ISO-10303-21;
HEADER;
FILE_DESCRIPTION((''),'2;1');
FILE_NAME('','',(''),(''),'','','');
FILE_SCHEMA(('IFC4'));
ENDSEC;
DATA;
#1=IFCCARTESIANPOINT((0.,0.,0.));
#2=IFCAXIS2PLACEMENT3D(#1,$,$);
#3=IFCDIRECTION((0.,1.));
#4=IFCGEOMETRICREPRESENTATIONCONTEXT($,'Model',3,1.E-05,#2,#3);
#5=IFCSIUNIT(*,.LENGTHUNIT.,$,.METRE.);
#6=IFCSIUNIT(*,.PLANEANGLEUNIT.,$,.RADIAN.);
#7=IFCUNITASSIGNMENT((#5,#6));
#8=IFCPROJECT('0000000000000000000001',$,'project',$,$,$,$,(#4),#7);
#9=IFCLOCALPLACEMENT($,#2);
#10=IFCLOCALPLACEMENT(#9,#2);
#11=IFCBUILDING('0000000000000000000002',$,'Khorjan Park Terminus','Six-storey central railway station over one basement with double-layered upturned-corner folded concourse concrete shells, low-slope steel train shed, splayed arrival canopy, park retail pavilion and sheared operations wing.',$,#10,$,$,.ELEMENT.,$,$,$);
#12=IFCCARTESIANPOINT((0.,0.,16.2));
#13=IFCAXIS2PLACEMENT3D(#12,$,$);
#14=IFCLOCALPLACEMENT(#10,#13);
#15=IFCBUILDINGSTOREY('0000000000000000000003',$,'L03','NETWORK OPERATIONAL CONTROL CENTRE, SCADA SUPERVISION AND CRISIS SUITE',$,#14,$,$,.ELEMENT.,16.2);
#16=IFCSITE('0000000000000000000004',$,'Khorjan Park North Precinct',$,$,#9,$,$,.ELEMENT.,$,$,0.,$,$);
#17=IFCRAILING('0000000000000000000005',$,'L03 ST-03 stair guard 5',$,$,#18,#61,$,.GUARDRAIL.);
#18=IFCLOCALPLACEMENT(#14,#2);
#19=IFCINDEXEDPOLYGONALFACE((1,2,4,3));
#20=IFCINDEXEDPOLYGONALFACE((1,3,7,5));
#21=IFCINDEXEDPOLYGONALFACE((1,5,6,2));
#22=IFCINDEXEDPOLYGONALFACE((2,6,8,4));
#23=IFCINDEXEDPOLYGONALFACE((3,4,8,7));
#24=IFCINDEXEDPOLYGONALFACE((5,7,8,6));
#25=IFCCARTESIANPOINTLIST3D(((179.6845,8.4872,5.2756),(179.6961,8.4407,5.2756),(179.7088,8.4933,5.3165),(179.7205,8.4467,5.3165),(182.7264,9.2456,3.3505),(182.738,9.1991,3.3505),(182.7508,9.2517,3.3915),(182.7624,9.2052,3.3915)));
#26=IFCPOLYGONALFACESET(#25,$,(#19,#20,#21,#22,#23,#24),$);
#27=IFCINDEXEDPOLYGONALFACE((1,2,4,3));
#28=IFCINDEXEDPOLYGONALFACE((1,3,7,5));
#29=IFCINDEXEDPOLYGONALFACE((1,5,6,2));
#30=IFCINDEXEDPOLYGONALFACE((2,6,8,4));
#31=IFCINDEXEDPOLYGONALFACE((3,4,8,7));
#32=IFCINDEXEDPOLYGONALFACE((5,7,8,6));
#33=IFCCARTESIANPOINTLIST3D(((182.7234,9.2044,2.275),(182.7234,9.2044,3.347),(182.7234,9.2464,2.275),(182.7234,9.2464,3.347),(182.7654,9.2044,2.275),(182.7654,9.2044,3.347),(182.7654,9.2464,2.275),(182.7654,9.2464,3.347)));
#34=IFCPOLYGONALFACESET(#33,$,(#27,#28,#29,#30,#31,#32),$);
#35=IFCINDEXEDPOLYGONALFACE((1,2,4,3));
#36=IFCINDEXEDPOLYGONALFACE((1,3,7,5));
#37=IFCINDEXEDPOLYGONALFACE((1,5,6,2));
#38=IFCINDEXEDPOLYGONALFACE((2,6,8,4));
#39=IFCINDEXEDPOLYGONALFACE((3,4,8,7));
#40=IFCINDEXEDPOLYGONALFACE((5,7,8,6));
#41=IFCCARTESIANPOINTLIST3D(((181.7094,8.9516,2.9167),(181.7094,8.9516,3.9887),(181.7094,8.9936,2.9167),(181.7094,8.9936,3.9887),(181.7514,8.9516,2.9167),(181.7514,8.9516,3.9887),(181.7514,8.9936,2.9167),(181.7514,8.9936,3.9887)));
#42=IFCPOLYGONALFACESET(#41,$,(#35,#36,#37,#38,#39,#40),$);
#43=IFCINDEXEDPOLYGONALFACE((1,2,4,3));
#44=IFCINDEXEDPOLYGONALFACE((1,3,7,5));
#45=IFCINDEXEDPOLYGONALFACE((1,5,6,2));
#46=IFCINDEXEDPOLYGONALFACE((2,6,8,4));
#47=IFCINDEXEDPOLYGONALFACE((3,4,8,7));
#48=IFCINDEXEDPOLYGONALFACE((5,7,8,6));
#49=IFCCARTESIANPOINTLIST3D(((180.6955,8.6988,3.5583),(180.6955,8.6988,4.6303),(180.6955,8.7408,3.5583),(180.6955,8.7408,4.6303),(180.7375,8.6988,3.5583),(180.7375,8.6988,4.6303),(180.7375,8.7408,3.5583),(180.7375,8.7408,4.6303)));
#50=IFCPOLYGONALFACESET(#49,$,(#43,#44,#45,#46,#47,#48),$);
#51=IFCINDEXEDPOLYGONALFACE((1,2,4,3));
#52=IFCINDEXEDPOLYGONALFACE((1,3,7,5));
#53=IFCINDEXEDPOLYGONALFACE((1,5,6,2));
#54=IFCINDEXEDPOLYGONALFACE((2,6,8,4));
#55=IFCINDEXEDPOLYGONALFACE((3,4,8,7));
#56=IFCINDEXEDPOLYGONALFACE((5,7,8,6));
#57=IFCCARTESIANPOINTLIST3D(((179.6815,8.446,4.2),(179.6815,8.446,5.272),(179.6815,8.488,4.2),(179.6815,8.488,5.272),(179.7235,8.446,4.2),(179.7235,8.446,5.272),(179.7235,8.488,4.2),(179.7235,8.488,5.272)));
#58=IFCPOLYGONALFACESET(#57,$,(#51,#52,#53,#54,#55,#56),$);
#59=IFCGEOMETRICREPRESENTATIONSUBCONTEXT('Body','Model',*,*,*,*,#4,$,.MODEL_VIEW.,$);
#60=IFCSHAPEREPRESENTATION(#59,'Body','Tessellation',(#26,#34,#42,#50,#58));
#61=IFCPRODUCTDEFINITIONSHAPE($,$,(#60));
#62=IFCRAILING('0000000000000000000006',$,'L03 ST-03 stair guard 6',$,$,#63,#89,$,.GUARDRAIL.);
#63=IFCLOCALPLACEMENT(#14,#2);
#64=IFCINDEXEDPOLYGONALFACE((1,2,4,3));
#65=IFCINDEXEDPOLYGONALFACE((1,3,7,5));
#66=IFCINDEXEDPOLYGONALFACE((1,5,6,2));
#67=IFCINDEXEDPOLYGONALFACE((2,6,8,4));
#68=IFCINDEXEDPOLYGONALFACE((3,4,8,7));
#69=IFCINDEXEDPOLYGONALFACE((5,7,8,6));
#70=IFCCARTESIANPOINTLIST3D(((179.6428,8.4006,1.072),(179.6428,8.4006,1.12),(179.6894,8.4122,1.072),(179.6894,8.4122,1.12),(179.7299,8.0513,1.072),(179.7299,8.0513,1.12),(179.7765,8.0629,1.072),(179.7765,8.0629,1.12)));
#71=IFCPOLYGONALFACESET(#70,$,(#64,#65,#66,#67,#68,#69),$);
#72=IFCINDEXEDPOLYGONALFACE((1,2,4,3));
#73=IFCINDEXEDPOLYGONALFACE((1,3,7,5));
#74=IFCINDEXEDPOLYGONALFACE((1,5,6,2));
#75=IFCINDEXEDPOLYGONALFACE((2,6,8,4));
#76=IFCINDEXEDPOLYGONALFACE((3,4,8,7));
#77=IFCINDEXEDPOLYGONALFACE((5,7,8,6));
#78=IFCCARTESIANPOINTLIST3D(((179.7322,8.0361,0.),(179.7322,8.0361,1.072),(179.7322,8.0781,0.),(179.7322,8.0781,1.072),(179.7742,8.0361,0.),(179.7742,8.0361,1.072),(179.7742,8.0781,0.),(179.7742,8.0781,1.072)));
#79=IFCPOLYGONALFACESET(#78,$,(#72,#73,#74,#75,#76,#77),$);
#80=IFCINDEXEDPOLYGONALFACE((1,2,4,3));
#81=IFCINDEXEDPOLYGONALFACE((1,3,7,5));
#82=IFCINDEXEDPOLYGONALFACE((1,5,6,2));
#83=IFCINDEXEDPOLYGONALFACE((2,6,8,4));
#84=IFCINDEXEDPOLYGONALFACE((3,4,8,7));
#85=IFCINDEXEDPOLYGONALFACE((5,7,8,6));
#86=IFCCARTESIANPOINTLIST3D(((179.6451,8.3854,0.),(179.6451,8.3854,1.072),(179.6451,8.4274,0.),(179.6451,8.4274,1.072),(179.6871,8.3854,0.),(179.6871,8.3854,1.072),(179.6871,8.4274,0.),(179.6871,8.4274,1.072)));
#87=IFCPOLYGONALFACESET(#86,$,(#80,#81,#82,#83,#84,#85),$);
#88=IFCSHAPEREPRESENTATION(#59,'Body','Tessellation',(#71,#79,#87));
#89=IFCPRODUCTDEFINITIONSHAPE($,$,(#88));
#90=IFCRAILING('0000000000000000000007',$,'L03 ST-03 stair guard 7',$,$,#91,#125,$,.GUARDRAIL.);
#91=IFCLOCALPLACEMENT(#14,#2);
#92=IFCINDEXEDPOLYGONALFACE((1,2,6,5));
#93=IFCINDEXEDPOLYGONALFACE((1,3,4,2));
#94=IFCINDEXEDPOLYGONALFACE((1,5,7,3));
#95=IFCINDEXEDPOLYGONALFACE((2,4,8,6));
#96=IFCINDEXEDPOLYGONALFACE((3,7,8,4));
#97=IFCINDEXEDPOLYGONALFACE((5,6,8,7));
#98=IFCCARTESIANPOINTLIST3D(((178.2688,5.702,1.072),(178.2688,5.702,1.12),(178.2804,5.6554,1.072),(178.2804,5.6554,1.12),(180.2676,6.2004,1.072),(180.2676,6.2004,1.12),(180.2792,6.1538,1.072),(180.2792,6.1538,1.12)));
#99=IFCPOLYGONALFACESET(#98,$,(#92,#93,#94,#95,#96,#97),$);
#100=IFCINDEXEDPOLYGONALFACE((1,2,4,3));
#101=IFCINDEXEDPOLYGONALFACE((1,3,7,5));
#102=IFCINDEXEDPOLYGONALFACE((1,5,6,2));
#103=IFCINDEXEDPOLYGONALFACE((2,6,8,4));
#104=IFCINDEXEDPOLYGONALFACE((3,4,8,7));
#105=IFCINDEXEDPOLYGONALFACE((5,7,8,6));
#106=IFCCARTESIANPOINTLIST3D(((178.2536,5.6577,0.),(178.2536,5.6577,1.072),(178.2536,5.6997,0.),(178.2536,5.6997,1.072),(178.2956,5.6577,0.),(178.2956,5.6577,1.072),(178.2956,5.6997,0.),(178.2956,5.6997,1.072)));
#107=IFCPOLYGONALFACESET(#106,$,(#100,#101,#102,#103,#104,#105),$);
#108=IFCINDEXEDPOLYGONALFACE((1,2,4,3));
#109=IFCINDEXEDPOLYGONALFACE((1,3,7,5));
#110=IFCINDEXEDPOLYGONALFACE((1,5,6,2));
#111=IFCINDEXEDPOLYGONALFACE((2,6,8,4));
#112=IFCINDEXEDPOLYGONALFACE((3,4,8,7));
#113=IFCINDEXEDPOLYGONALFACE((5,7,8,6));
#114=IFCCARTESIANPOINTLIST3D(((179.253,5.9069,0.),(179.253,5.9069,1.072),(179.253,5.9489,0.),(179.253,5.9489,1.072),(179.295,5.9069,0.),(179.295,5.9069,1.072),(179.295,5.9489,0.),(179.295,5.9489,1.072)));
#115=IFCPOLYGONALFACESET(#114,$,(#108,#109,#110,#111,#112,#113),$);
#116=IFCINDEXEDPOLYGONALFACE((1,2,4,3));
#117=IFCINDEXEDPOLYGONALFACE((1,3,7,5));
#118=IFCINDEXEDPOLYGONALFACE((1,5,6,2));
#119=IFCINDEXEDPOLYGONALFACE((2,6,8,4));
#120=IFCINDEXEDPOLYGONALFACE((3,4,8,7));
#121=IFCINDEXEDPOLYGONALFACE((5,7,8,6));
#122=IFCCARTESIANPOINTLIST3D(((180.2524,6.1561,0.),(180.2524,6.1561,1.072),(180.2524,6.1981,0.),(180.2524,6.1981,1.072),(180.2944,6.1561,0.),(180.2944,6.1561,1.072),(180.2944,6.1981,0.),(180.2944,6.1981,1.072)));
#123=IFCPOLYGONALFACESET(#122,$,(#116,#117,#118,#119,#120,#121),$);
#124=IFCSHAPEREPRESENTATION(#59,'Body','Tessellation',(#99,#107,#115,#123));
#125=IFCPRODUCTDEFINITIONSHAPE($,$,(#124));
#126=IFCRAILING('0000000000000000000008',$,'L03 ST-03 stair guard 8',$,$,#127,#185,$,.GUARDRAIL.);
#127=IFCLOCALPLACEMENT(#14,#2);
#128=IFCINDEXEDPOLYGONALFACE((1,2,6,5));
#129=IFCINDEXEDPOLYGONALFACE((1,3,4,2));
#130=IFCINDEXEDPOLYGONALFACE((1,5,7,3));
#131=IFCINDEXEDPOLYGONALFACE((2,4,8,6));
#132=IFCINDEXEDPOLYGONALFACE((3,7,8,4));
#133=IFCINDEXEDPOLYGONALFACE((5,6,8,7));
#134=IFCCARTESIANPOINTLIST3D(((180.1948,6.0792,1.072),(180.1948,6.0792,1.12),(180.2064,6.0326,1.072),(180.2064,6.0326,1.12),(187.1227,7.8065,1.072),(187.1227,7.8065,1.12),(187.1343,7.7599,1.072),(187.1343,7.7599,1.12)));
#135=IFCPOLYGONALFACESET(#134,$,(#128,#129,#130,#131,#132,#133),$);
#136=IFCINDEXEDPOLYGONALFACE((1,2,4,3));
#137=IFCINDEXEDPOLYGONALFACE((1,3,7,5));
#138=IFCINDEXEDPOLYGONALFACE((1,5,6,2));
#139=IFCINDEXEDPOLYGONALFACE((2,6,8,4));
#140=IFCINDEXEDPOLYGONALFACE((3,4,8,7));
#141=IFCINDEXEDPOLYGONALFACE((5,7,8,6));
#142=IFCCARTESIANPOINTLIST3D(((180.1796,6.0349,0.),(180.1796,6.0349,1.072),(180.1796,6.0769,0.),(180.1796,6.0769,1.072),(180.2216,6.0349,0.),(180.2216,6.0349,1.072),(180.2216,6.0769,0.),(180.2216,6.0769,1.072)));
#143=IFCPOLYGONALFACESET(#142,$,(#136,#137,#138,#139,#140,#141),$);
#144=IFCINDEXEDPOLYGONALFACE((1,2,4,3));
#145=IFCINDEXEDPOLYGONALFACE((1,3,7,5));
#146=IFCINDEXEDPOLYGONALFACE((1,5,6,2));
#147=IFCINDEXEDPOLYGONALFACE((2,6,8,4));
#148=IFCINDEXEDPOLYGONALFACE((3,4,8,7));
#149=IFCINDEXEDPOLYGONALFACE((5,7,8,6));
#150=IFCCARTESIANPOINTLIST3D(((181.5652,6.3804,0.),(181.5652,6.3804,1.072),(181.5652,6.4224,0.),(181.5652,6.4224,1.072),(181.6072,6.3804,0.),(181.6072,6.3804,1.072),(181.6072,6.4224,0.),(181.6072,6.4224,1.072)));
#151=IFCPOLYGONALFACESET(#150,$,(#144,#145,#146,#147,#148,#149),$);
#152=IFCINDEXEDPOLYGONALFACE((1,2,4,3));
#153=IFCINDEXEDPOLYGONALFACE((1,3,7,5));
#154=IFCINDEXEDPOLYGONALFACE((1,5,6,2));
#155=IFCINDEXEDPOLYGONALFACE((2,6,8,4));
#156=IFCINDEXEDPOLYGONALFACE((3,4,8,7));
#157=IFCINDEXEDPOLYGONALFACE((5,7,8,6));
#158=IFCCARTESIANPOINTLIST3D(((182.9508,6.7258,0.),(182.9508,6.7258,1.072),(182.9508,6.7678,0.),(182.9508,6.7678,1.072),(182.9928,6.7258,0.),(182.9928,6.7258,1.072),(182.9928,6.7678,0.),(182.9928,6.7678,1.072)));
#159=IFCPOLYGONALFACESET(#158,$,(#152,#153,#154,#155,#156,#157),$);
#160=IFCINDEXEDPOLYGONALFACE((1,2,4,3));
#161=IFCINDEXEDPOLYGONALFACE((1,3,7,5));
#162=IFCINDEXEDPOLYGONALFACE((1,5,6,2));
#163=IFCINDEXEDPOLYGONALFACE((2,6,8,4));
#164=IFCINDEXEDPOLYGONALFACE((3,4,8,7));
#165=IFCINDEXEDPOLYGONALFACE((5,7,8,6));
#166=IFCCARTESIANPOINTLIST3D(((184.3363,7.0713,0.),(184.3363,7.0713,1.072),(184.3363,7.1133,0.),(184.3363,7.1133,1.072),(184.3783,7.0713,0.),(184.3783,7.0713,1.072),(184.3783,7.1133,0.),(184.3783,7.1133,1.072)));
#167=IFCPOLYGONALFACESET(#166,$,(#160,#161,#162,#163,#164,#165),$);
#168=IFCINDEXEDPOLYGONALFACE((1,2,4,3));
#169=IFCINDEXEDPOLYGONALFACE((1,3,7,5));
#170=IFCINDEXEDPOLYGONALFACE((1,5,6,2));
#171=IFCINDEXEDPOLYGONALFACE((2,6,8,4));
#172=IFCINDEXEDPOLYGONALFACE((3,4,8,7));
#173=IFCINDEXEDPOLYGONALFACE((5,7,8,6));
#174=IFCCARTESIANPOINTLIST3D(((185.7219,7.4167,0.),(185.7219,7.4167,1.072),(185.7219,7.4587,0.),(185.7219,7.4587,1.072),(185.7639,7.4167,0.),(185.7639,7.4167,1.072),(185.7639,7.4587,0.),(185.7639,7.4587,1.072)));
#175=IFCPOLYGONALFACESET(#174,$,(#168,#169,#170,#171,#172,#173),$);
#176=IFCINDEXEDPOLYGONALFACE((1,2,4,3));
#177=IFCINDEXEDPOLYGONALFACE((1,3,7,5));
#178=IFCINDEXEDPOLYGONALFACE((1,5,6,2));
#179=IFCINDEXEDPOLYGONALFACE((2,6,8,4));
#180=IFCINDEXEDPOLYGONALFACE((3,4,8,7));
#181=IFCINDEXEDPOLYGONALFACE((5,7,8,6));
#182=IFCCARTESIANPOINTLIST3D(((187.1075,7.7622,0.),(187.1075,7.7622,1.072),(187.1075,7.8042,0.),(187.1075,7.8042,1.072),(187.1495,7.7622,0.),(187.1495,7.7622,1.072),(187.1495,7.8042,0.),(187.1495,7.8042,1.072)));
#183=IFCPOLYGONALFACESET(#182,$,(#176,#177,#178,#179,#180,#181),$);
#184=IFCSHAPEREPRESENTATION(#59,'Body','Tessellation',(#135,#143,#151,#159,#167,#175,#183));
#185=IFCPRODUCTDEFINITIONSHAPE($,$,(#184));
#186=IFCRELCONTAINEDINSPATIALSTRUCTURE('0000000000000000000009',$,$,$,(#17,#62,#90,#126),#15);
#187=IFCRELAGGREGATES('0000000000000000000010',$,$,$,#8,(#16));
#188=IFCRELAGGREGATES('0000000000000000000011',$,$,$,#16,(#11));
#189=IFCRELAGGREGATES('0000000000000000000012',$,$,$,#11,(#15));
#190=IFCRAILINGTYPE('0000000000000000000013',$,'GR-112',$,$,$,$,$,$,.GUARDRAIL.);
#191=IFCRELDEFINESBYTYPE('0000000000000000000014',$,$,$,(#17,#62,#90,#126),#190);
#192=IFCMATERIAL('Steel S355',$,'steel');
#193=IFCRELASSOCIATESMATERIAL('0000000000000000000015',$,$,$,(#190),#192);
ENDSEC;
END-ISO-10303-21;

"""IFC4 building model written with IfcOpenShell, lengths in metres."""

from ifc_helpers import new_model, si_unit, direction, frame, origin, origin_2d, place, context, subcontext, project, spatial, rectangle, extrude, material, type_object, element, save


model = new_model("IFC4")

# Units and contexts
model_context = context("Model", 3, precision=1e-05, world=origin(), true_north=direction((0.0, 1.0)))
body_context = subcontext(model_context, "Body", "Model", "MODEL_VIEW")
ifc_project = project(units=[si_unit("LENGTHUNIT", "METRE"), si_unit("PLANEANGLEUNIT", "RADIAN")], contexts=[model_context])

# Site, building, storey
site_placement = place(None, origin())
site = spatial("IfcSite", under=ifc_project, at=site_placement, Name="Khorjan Park North Precinct", CompositionType="ELEMENT", RefElevation=0.0)
building_placement = place(site_placement, origin())
building = spatial("IfcBuilding", under=site, at=building_placement, Name="Khorjan Park Terminus", Description="Six-storey central railway station over one basement with double-layered upturned-corner folded concourse concrete shells, low-slope steel train shed, splayed arrival canopy, park retail pavilion and sheared operations wing.", CompositionType="ELEMENT")
storey_placement = place(building_placement, frame((0.0, 0.0, 16.2)))
storey = spatial("IfcBuildingStorey", under=building, at=storey_placement, Name="L03", Description="NETWORK OPERATIONAL CONTROL CENTRE, SCADA SUPERVISION AND CRISIS SUITE", CompositionType="ELEMENT", Elevation=16.2)

# Shared definitions
ifc_material_1 = material(Name="Steel S355", Category="steel")

# Railings
railing_type_1 = type_object("IfcRailingType", Name="GR-112", PredefinedType="GUARDRAIL", material=ifc_material_1)
railing_1_placement = place(storey_placement, frame((182.7444, 9.2254, 2.275)))
element("IfcRailing", 1, at=railing_1_placement, inside=storey, type_object=railing_type_1, Name="L03 ST-03 stair guard 5", PredefinedType="GUARDRAIL", context=body_context, shape_type="SweptSolid", body=[
    extrude(rectangle(XDim=0.048, YDim=0.048, at=origin_2d()), frame((0.0, 0.0, 1.096), z_axis=(-0.826861, -0.206151, 0.523261), x_axis=(0.241913, -0.970298, 0.0)), (0.0, 0.0, 1.0), 3.6789),
    extrude(rectangle(XDim=0.042, YDim=0.042, at=origin_2d()), origin(), (0.0, 0.0, 1.0), 1.072),
    extrude(rectangle(XDim=0.042, YDim=0.042, at=origin_2d()), frame((-1.014, -0.2528, 0.6417)), (0.0, 0.0, 1.0), 1.072),
    extrude(rectangle(XDim=0.042, YDim=0.042, at=origin_2d()), frame((-2.0279, -0.5056, 1.2833)), (0.0, 0.0, 1.0), 1.072),
    extrude(rectangle(XDim=0.042, YDim=0.042, at=origin_2d()), frame((-3.0419, -0.7584, 1.925)), (0.0, 0.0, 1.0), 1.072),
])
railing_2_placement = place(storey_placement, frame((179.7532, 8.0571, 0.0)))
element("IfcRailing", 2, at=railing_2_placement, inside=storey, type_object=railing_type_1, Name="L03 ST-03 stair guard 6", PredefinedType="GUARDRAIL", context=body_context, shape_type="SweptSolid", body=[
    extrude(rectangle(XDim=0.048, YDim=0.048, at=origin_2d()), frame((0.0, 0.0, 1.096), z_axis=(-0.241947, 0.970289, 0.0), x_axis=(-0.970289, -0.241947, 0.0)), (0.0, 0.0, 1.0), 0.36),
    extrude(rectangle(XDim=0.042, YDim=0.042, at=origin_2d()), origin(), (0.0, 0.0, 1.0), 1.072),
    extrude(rectangle(XDim=0.042, YDim=0.042, at=origin_2d()), frame((-0.0871, 0.3493, 0.0)), (0.0, 0.0, 1.0), 1.072),
])
railing_3_placement = place(storey_placement, frame((178.2746, 5.6787, 0.0)))
element("IfcRailing", 3, at=railing_3_placement, inside=storey, type_object=railing_type_1, Name="L03 ST-03 stair guard 7", PredefinedType="GUARDRAIL", context=body_context, shape_type="SweptSolid", body=[
    extrude(rectangle(XDim=0.048, YDim=0.048, at=origin_2d()), frame((0.0, 0.0, 1.096), z_axis=(0.970291, 0.241942, 0.0), x_axis=(-0.241942, 0.970291, 0.0)), (0.0, 0.0, 1.0), 2.06),
    extrude(rectangle(XDim=0.042, YDim=0.042, at=origin_2d()), origin(), (0.0, 0.0, 1.0), 1.072),
    extrude(rectangle(XDim=0.042, YDim=0.042, at=origin_2d()), frame((0.9994, 0.2492, 0.0)), (0.0, 0.0, 1.0), 1.072),
    extrude(rectangle(XDim=0.042, YDim=0.042, at=origin_2d()), frame((1.9988, 0.4984, 0.0)), (0.0, 0.0, 1.0), 1.072),
])
railing_4_placement = place(storey_placement, frame((180.2006, 6.0559, 0.0)))
element("IfcRailing", 4, at=railing_4_placement, inside=storey, type_object=railing_type_1, Name="L03 ST-03 stair guard 8", PredefinedType="GUARDRAIL", context=body_context, shape_type="SweptSolid", body=[
    extrude(rectangle(XDim=0.048, YDim=0.048, at=origin_2d()), frame((0.0, 0.0, 1.096), z_axis=(0.970296, 0.241919, 0.0), x_axis=(-0.241919, 0.970296, 0.0)), (0.0, 0.0, 1.0), 7.14),
    extrude(rectangle(XDim=0.042, YDim=0.042, at=origin_2d()), origin(), (0.0, 0.0, 1.0), 1.072),
    extrude(rectangle(XDim=0.042, YDim=0.042, at=origin_2d()), frame((1.3856, 0.3455, 0.0)), (0.0, 0.0, 1.0), 1.072),
    extrude(rectangle(XDim=0.042, YDim=0.042, at=origin_2d()), frame((2.7712, 0.6909, 0.0)), (0.0, 0.0, 1.0), 1.072),
    extrude(rectangle(XDim=0.042, YDim=0.042, at=origin_2d()), frame((4.1567, 1.0364, 0.0)), (0.0, 0.0, 1.0), 1.072),
    extrude(rectangle(XDim=0.042, YDim=0.042, at=origin_2d()), frame((5.5423, 1.3818, 0.0)), (0.0, 0.0, 1.0), 1.072),
    extrude(rectangle(XDim=0.042, YDim=0.042, at=origin_2d()), frame((6.9279, 1.7273, 0.0)), (0.0, 0.0, 1.0), 1.072),
])

save(model, "model.ifc")
